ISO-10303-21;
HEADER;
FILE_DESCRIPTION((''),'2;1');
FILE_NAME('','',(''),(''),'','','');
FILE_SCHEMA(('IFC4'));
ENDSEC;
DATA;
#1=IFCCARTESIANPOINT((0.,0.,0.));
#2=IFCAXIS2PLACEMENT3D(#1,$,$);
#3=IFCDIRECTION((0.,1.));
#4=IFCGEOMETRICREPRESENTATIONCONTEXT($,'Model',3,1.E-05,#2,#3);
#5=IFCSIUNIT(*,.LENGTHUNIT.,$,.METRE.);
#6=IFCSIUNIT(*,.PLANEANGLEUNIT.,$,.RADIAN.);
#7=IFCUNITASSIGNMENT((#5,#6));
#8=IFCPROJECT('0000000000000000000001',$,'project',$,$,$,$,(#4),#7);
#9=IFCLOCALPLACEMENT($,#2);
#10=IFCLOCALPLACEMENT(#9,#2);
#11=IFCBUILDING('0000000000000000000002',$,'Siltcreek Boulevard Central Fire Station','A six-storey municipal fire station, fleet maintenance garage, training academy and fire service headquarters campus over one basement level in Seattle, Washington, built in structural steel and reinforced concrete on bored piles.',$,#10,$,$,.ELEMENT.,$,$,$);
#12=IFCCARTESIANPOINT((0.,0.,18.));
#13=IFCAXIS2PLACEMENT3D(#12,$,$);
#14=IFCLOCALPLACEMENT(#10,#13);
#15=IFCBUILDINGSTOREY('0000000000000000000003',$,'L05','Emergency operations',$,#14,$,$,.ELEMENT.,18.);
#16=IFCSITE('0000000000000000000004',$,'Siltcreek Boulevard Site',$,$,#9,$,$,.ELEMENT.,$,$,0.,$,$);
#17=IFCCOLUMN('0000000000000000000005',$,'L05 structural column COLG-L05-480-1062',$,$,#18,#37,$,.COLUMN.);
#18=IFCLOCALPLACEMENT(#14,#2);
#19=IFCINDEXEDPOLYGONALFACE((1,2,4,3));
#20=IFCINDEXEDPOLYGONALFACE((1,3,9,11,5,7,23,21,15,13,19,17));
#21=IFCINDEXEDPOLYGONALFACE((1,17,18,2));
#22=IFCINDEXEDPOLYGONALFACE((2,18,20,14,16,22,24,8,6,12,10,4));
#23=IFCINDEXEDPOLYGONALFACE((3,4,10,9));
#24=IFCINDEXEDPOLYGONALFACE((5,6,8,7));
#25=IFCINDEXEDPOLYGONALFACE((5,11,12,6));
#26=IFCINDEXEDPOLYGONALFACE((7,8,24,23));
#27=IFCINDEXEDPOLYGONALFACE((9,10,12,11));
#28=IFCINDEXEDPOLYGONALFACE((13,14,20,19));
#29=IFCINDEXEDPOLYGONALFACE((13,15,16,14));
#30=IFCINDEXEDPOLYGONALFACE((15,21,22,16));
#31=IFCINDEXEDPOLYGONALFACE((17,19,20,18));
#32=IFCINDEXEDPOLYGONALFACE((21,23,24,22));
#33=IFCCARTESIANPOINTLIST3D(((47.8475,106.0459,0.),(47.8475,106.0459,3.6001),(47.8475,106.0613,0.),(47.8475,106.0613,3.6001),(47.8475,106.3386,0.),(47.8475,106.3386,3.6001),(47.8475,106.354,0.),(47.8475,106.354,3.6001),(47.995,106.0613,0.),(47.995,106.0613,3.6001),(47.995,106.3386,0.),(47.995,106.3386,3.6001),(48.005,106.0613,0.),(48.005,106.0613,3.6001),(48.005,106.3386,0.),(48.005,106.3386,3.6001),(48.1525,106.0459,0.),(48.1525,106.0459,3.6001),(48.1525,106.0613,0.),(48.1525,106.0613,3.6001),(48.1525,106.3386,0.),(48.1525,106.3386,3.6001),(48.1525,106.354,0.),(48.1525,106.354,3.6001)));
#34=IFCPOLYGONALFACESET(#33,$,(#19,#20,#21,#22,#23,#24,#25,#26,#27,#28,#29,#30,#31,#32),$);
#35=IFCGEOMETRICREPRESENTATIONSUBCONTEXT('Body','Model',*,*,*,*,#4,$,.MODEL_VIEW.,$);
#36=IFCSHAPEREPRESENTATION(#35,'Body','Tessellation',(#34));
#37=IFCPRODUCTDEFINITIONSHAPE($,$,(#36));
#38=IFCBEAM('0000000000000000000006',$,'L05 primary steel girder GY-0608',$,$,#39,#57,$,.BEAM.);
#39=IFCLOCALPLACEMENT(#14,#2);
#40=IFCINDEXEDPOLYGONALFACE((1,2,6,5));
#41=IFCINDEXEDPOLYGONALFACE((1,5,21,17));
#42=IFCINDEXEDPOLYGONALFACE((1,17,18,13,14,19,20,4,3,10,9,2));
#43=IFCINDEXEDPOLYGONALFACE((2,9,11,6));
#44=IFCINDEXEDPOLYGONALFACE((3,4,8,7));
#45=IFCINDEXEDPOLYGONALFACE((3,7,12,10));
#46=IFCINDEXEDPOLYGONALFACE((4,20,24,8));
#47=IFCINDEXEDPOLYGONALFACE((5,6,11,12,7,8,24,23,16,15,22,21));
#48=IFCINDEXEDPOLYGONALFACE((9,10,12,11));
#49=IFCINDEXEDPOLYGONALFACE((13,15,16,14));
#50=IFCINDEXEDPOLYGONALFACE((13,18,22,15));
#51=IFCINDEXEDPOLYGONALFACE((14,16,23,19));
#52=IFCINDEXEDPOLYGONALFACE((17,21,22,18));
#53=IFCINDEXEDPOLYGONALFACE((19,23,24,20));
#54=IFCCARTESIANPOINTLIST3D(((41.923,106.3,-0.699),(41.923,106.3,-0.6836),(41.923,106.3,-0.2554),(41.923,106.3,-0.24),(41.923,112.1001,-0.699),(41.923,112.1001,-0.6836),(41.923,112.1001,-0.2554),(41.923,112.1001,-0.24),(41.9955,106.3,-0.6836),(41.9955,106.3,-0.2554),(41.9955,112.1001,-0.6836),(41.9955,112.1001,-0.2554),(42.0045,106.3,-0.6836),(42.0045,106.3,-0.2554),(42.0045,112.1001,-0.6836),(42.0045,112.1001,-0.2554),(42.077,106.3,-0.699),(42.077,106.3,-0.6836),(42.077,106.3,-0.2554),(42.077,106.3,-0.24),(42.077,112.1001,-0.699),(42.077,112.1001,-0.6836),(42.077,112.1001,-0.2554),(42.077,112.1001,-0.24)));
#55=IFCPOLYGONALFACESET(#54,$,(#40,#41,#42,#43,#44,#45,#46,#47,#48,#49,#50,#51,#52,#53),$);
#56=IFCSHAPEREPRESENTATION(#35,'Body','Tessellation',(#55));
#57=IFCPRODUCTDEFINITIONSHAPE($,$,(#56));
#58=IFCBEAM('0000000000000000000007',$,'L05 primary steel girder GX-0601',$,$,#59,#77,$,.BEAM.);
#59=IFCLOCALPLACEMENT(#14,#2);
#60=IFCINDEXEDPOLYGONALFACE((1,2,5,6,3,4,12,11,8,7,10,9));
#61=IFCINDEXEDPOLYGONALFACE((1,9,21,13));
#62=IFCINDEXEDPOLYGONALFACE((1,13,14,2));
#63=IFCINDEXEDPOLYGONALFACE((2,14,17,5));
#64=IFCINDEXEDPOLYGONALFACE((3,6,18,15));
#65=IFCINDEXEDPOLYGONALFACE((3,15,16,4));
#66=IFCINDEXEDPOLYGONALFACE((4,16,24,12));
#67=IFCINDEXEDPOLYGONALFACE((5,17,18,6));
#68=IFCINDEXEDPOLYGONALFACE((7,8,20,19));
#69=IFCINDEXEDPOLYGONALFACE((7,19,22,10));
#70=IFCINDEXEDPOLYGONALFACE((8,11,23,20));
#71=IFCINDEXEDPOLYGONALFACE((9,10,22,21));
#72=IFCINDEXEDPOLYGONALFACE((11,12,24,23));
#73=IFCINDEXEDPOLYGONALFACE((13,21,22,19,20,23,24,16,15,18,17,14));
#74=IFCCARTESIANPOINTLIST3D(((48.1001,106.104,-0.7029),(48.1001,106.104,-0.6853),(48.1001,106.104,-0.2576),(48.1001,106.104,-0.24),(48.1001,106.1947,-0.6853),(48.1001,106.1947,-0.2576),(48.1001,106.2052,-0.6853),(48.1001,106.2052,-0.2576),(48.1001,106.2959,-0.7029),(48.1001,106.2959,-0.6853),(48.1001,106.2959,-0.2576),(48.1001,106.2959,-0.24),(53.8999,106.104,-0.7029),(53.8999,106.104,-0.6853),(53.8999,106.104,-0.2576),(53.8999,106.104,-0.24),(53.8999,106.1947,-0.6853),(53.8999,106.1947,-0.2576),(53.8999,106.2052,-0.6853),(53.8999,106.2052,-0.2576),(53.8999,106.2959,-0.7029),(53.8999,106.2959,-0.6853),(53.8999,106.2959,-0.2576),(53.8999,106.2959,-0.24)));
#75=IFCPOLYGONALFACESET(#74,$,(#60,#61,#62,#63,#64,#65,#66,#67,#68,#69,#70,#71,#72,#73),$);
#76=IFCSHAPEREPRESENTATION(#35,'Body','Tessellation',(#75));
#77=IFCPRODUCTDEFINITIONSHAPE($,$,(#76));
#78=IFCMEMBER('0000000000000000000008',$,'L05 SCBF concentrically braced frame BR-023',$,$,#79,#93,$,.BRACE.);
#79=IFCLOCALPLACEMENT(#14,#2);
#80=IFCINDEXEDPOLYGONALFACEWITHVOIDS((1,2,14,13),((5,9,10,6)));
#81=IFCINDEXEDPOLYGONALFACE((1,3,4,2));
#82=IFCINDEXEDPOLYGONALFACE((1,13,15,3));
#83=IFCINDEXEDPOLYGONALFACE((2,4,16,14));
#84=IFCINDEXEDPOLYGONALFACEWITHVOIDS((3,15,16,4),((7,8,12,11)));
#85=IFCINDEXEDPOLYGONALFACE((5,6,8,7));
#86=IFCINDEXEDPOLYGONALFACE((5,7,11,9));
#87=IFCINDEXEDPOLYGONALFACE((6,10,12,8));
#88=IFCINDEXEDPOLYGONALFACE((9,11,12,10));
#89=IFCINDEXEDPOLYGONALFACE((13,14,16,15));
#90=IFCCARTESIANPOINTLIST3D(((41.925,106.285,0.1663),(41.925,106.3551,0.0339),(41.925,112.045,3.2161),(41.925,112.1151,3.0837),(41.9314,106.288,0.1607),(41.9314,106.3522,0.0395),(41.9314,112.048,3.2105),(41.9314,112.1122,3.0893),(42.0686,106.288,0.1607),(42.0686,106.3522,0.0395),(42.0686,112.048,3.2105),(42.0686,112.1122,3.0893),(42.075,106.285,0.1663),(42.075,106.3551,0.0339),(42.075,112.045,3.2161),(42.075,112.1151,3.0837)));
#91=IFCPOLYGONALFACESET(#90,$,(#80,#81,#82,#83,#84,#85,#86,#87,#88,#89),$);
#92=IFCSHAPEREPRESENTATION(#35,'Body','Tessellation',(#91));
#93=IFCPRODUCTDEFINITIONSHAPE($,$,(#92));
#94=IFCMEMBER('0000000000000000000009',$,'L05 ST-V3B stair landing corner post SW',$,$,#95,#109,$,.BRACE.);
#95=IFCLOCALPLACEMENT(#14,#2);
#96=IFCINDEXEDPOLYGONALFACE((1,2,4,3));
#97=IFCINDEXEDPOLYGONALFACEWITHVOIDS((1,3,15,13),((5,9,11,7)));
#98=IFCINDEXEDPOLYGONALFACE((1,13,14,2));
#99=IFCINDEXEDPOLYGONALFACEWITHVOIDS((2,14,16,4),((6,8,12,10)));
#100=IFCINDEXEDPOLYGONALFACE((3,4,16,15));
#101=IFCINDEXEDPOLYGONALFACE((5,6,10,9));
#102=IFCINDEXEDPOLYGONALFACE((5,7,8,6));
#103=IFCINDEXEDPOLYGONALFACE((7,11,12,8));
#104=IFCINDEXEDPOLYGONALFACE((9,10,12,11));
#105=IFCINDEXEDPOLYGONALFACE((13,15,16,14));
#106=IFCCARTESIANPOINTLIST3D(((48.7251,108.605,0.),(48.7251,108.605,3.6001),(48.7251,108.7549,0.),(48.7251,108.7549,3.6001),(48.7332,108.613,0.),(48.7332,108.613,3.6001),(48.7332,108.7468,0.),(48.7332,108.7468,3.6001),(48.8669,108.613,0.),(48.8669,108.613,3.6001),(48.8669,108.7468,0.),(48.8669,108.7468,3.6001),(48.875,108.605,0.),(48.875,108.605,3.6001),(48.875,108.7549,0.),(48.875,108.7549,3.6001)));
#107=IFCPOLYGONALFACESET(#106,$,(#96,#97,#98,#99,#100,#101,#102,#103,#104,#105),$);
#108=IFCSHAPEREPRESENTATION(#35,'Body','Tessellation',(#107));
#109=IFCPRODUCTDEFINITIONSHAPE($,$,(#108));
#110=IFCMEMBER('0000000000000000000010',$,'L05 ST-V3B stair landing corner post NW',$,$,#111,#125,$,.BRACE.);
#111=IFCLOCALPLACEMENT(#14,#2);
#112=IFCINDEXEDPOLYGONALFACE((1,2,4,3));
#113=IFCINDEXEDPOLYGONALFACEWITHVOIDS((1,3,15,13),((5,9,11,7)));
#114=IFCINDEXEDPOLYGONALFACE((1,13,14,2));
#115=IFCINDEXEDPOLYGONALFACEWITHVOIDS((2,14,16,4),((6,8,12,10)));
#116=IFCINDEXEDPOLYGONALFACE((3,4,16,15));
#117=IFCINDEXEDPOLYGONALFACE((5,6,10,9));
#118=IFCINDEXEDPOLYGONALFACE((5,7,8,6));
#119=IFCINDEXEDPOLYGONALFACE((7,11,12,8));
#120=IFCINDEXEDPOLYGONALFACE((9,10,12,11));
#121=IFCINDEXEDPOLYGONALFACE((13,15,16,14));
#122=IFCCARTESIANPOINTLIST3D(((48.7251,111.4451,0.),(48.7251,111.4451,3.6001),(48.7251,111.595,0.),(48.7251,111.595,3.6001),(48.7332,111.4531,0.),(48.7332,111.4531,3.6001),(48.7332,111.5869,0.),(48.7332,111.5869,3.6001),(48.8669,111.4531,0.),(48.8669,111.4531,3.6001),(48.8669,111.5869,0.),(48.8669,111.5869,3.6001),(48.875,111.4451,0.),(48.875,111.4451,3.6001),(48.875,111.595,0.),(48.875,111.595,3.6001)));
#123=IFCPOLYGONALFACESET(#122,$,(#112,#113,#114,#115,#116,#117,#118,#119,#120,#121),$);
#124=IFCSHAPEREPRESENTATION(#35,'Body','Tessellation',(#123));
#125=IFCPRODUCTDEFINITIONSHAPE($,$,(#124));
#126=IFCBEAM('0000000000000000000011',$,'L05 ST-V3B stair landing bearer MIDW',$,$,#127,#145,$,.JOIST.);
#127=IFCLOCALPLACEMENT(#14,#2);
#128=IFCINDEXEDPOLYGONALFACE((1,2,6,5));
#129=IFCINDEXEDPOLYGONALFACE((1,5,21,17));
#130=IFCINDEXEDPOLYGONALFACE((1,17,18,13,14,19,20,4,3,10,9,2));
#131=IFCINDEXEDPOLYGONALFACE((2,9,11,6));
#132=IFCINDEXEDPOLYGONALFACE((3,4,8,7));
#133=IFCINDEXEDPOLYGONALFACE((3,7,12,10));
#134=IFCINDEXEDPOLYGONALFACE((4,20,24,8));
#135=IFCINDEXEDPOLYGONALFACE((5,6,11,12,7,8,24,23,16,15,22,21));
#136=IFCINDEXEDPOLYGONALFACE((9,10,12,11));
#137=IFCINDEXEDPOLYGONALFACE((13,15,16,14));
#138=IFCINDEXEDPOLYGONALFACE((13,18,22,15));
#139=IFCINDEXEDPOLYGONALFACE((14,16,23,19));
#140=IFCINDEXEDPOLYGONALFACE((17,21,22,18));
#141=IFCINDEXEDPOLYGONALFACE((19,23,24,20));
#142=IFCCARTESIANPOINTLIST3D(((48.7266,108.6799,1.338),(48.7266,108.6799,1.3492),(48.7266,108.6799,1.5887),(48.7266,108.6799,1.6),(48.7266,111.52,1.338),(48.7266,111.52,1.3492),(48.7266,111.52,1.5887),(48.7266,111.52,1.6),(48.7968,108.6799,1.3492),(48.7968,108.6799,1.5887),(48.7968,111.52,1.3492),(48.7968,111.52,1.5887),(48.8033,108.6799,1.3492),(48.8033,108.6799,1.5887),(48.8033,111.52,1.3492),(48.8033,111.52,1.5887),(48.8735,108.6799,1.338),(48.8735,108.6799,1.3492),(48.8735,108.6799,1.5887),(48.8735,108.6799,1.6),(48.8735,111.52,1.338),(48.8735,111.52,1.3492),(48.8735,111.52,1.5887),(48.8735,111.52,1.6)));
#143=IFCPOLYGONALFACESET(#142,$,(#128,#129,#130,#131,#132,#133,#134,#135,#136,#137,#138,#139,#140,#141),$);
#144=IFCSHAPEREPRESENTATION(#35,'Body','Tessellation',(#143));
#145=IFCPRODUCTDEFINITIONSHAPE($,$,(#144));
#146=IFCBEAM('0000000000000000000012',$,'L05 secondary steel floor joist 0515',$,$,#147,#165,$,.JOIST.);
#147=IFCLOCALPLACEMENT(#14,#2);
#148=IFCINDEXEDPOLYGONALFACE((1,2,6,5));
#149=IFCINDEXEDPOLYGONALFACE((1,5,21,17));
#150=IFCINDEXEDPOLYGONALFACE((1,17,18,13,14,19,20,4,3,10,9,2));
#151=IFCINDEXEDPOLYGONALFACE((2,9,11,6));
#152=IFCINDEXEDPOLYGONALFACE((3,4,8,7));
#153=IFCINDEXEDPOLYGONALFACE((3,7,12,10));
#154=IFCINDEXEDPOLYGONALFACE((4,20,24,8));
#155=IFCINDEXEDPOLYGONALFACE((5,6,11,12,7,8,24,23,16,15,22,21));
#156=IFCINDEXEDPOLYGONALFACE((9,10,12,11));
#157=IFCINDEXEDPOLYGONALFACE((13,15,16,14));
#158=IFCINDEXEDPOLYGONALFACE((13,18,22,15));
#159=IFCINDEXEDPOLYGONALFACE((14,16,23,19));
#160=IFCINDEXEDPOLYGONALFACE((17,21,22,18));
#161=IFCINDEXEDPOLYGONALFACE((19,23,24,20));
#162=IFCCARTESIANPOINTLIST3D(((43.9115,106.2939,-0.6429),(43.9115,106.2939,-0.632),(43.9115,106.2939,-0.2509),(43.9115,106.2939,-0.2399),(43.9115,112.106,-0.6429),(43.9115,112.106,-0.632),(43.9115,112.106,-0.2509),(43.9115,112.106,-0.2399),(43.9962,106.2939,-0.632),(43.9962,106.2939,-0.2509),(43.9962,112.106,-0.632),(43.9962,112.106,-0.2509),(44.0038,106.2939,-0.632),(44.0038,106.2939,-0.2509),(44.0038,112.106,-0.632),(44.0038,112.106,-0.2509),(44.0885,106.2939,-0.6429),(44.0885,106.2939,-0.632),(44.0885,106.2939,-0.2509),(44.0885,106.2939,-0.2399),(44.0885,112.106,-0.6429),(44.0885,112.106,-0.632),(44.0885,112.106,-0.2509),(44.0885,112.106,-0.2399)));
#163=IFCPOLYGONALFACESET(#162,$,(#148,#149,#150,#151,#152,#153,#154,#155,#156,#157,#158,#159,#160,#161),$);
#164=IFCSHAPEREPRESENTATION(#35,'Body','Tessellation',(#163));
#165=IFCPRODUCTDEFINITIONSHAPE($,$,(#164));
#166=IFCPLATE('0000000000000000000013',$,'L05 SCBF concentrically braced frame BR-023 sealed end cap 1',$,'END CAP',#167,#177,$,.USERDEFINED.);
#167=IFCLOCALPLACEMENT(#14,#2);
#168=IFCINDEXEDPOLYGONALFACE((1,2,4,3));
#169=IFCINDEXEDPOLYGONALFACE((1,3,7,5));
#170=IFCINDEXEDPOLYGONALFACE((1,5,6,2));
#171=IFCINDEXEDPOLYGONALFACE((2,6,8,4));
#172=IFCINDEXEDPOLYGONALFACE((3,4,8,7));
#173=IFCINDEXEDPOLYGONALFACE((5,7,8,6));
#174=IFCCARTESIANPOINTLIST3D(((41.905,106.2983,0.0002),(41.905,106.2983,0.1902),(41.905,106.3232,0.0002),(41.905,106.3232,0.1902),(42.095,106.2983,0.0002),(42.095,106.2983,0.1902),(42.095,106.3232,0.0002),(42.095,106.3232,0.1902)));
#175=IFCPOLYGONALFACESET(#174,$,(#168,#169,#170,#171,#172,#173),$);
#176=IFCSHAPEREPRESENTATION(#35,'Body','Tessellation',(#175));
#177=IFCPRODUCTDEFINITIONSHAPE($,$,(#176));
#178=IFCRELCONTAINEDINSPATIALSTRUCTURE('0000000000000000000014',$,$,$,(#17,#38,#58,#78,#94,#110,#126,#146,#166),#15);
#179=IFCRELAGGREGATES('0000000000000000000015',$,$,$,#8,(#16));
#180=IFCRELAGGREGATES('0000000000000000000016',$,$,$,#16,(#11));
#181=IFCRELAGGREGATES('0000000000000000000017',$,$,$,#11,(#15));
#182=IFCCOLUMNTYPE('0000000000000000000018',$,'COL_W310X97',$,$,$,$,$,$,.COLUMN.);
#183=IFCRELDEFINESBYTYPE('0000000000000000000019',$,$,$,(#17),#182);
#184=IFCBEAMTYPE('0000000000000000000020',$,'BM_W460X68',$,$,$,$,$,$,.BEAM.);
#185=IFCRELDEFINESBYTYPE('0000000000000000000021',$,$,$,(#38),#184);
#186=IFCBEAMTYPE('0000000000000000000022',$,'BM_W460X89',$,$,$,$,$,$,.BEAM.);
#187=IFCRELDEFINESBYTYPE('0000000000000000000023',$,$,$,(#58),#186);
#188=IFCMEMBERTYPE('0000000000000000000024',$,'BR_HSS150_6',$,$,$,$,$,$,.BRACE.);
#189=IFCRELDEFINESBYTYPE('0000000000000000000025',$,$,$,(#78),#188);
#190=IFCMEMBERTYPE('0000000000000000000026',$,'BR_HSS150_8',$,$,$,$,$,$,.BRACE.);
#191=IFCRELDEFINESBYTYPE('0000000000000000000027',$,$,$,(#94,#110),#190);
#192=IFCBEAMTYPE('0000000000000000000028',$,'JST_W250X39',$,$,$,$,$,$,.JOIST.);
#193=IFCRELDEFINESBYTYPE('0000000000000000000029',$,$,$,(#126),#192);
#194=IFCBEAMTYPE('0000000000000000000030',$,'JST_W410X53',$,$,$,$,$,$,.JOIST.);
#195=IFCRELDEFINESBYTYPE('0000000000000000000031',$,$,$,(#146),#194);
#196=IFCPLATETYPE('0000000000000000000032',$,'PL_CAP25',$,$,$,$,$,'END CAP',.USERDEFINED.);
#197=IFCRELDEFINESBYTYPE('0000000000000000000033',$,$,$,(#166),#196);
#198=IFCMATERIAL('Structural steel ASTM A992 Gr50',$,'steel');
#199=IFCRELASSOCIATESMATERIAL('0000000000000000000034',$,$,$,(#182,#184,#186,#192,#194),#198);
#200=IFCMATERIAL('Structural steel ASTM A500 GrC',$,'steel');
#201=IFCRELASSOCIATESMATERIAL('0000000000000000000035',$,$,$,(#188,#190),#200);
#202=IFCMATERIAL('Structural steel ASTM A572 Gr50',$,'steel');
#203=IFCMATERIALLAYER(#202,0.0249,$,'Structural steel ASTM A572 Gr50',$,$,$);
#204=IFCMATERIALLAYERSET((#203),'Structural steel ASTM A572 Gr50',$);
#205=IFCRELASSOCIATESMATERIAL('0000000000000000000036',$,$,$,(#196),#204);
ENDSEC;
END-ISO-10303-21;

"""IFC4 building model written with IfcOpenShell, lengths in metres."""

from ifc_helpers import new_model, si_unit, direction, frame, origin, origin_2d, place, context, subcontext, project, spatial, rectangle, hollow_rectangle, i_section, extrude, material, layer, layer_set, material_profile, profile_set, type_object, element, save


model = new_model("IFC4")

# Units and contexts
model_context = context("Model", 3, precision=1e-05, world=origin(), true_north=direction((0.0, 1.0)))
body_context = subcontext(model_context, "Body", "Model", "MODEL_VIEW")
ifc_project = project(units=[si_unit("LENGTHUNIT", "METRE"), si_unit("PLANEANGLEUNIT", "RADIAN")], contexts=[model_context])

# Site, building, storey
site_placement = place(None, origin())
site = spatial("IfcSite", under=ifc_project, at=site_placement, Name="Siltcreek Boulevard Site", CompositionType="ELEMENT", RefElevation=0.0)
building_placement = place(site_placement, origin())
building = spatial("IfcBuilding", under=site, at=building_placement, Name="Siltcreek Boulevard Central Fire Station", Description="A six-storey municipal fire station, fleet maintenance garage, training academy and fire service headquarters campus over one basement level in Seattle, Washington, built in structural steel and reinforced concrete on bored piles.", CompositionType="ELEMENT")
storey_placement = place(building_placement, frame((0.0, 0.0, 18.0)))
storey = spatial("IfcBuildingStorey", under=building, at=storey_placement, Name="L05", Description="Emergency operations", CompositionType="ELEMENT", Elevation=18.0)

# Column
ifc_material_1 = material(Name="Structural steel ASTM A992 Gr50", Category="steel")
ifc_material_profile_1 = material_profile(ifc_material_1, i_section(OverallWidth=0.3049, OverallDepth=0.3081, WebThickness=0.01, FlangeThickness=0.0154, at=origin_2d()), Name="W310X97")
ifc_profile_set_1 = profile_set([ifc_material_profile_1], Name="Structural steel ASTM A992 Gr50")
column_type = type_object("IfcColumnType", Name="COL_W310X97", PredefinedType="COLUMN", material=ifc_profile_set_1)
column_placement = place(storey_placement, frame((48.0, 106.2, 0.0), z_axis=(0.0, 0.0, 1.0), x_axis=(1.0, 0.0, 0.0)))
element("IfcColumn", 1, at=column_placement, inside=storey, type_object=column_type, Name="L05 structural column COLG-L05-480-1062", PredefinedType="COLUMN", context=body_context, shape_type="SweptSolid", body=[
    extrude(i_section(OverallWidth=0.3049, OverallDepth=0.3081, WebThickness=0.01, FlangeThickness=0.0154, at=origin_2d()), origin(), (0.0, 0.0, 1.0), 3.6001),
])

# Beams
ifc_material_profile_2 = material_profile(ifc_material_1, i_section(OverallWidth=0.1541, OverallDepth=0.459, WebThickness=0.009, FlangeThickness=0.0154, at=origin_2d()), Name="W460X68")
ifc_profile_set_2 = profile_set([ifc_material_profile_2], Name="Structural steel ASTM A992 Gr50")
beam_type_1 = type_object("IfcBeamType", Name="BM_W460X68", PredefinedType="BEAM", material=ifc_profile_set_2)
beam_1_placement = place(storey_placement, frame((42.0, 106.3, -0.4695), z_axis=(0.0, 1.0, 0.0), x_axis=(-1.0, 0.0, 0.0)))
element("IfcBeam", 2, at=beam_1_placement, inside=storey, type_object=beam_type_1, Name="L05 primary steel girder GY-0608", PredefinedType="BEAM", context=body_context, shape_type="SweptSolid", body=[
    extrude(i_section(OverallWidth=0.1541, OverallDepth=0.459, WebThickness=0.009, FlangeThickness=0.0154, at=origin_2d()), origin(), (0.0, 0.0, 1.0), 5.8),
])
ifc_material_profile_3 = material_profile(ifc_material_1, i_section(OverallWidth=0.1919, OverallDepth=0.4629, WebThickness=0.0105, FlangeThickness=0.0176, at=origin_2d()), Name="W460X89")
ifc_profile_set_3 = profile_set([ifc_material_profile_3], Name="Structural steel ASTM A992 Gr50")
beam_type_2 = type_object("IfcBeamType", Name="BM_W460X89", PredefinedType="BEAM", material=ifc_profile_set_3)
beam_2_placement = place(storey_placement, frame((48.1001, 106.2, -0.4714), z_axis=(1.0, 0.0, 0.0), x_axis=(0.0, 1.0, 0.0)))
element("IfcBeam", 3, at=beam_2_placement, inside=storey, type_object=beam_type_2, Name="L05 primary steel girder GX-0601", PredefinedType="BEAM", context=body_context, shape_type="SweptSolid", body=[
    extrude(i_section(OverallWidth=0.1919, OverallDepth=0.4629, WebThickness=0.0105, FlangeThickness=0.0176, at=origin_2d()), origin(), (0.0, 0.0, 1.0), 5.7998),
])

# Members
ifc_material_2 = material(Name="Structural steel ASTM A500 GrC", Category="steel")
ifc_material_profile_4 = material_profile(ifc_material_2, hollow_rectangle(XDim=0.1499, YDim=0.1499, WallThickness=0.0063, at=origin_2d()), Name="HSS150X150X6.4")
ifc_profile_set_4 = profile_set([ifc_material_profile_4], Name="Structural steel ASTM A500 GrC")
member_type_1 = type_object("IfcMemberType", Name="BR_HSS150_6", PredefinedType="BRACE", material=ifc_profile_set_4)
member_placement = place(storey_placement, frame((42.0, 106.3201, 0.1001), z_axis=(0.0, 0.883763, 0.467934), x_axis=(-1.0, 0.0, 0.0)))
element("IfcMember", 4, at=member_placement, inside=storey, type_object=member_type_1, Name="L05 SCBF concentrically braced frame BR-023", PredefinedType="BRACE", context=body_context, shape_type="SweptSolid", body=[
    extrude(hollow_rectangle(XDim=0.1499, YDim=0.1499, WallThickness=0.0063, at=origin_2d()), origin(), (0.0, 0.0, 1.0), 6.5176),
])
ifc_material_profile_5 = material_profile(ifc_material_2, hollow_rectangle(XDim=0.1499, YDim=0.1499, WallThickness=0.0081, at=origin_2d()), Name="HSS150X150X8.0")
ifc_profile_set_5 = profile_set([ifc_material_profile_5], Name="Structural steel ASTM A500 GrC")
member_type_2 = type_object("IfcMemberType", Name="BR_HSS150_8", PredefinedType="BRACE", material=ifc_profile_set_5)
for number, where, z_axis, x_axis, name in (
    (5, (48.8, 108.6799, 0.0), (0.0, 0.0, 1.0), (1.0, 0.0, 0.0), "L05 ST-V3B stair landing corner post SW"),
    (6, (48.8, 111.52, 0.0), (0.0, 0.0, 1.0), (1.0, 0.0, 0.0), "L05 ST-V3B stair landing corner post NW"),
):
    element("IfcMember", number, at=place(storey_placement, frame(where, z_axis=z_axis, x_axis=x_axis)), inside=storey, type_object=member_type_2, Name=name, PredefinedType="BRACE", context=body_context, shape_type="SweptSolid", body=[
        extrude(hollow_rectangle(XDim=0.1499, YDim=0.1499, WallThickness=0.0081, at=origin_2d()), origin(), (0.0, 0.0, 1.0), 3.6001),
    ])

# Beams
ifc_material_profile_6 = material_profile(ifc_material_1, i_section(OverallWidth=0.147, OverallDepth=0.262, WebThickness=0.0066, FlangeThickness=0.0112, at=origin_2d()), Name="W250X39")
ifc_profile_set_6 = profile_set([ifc_material_profile_6], Name="Structural steel ASTM A992 Gr50")
beam_type_3 = type_object("IfcBeamType", Name="JST_W250X39", PredefinedType="JOIST", material=ifc_profile_set_6)
beam_3_placement = place(storey_placement, frame((48.8, 108.6799, 1.469), z_axis=(0.0, 1.0, 0.0), x_axis=(-1.0, 0.0, 0.0)))
element("IfcBeam", 7, at=beam_3_placement, inside=storey, type_object=beam_type_3, Name="L05 ST-V3B stair landing bearer MIDW", PredefinedType="JOIST", context=body_context, shape_type="SweptSolid", body=[
    extrude(i_section(OverallWidth=0.147, OverallDepth=0.262, WebThickness=0.0066, FlangeThickness=0.0112, at=origin_2d()), origin(), (0.0, 0.0, 1.0), 2.8401),
])
ifc_material_profile_7 = material_profile(ifc_material_1, i_section(OverallWidth=0.177, OverallDepth=0.4031, WebThickness=0.0076, FlangeThickness=0.011, at=origin_2d()), Name="W410X53")
ifc_profile_set_7 = profile_set([ifc_material_profile_7], Name="Structural steel ASTM A992 Gr50")
beam_type_4 = type_object("IfcBeamType", Name="JST_W410X53", PredefinedType="JOIST", material=ifc_profile_set_7)
beam_4_placement = place(storey_placement, frame((44.0, 106.2939, -0.4414), z_axis=(0.0, 1.0, 0.0), x_axis=(-1.0, 0.0, 0.0)))
element("IfcBeam", 8, at=beam_4_placement, inside=storey, type_object=beam_type_4, Name="L05 secondary steel floor joist 0515", PredefinedType="JOIST", context=body_context, shape_type="SweptSolid", body=[
    extrude(i_section(OverallWidth=0.177, OverallDepth=0.4031, WebThickness=0.0076, FlangeThickness=0.011, at=origin_2d()), origin(), (0.0, 0.0, 1.0), 5.812),
])

# Plate
ifc_material_3 = material(Name="Structural steel ASTM A572 Gr50", Category="steel")
ifc_layer_1 = layer(ifc_material_3, 0.0249, Name="Structural steel ASTM A572 Gr50")
ifc_layer_set_1 = layer_set([ifc_layer_1], Name="Structural steel ASTM A572 Gr50")
plate_type_1 = type_object("IfcPlateType", Name="PL_CAP25", ElementType="END CAP", PredefinedType="USERDEFINED", material=ifc_layer_set_1)
plate_1_placement = place(storey_placement, frame((42.0, 106.3108, 0.0002), z_axis=(0.0, 0.0, 1.0), x_axis=(0.0, 1.0, 0.0)))
element("IfcPlate", 9, at=plate_1_placement, inside=storey, type_object=plate_type_1, Name="L05 SCBF concentrically braced frame BR-023 sealed end cap 1", ObjectType="END CAP", PredefinedType="USERDEFINED", context=body_context, shape_type="SweptSolid", body=[
    extrude(rectangle(XDim=0.0249, YDim=0.1899, at=origin_2d()), origin(), (0.0, 0.0, 1.0), 0.1899),
])

save(model, "model.ifc")
